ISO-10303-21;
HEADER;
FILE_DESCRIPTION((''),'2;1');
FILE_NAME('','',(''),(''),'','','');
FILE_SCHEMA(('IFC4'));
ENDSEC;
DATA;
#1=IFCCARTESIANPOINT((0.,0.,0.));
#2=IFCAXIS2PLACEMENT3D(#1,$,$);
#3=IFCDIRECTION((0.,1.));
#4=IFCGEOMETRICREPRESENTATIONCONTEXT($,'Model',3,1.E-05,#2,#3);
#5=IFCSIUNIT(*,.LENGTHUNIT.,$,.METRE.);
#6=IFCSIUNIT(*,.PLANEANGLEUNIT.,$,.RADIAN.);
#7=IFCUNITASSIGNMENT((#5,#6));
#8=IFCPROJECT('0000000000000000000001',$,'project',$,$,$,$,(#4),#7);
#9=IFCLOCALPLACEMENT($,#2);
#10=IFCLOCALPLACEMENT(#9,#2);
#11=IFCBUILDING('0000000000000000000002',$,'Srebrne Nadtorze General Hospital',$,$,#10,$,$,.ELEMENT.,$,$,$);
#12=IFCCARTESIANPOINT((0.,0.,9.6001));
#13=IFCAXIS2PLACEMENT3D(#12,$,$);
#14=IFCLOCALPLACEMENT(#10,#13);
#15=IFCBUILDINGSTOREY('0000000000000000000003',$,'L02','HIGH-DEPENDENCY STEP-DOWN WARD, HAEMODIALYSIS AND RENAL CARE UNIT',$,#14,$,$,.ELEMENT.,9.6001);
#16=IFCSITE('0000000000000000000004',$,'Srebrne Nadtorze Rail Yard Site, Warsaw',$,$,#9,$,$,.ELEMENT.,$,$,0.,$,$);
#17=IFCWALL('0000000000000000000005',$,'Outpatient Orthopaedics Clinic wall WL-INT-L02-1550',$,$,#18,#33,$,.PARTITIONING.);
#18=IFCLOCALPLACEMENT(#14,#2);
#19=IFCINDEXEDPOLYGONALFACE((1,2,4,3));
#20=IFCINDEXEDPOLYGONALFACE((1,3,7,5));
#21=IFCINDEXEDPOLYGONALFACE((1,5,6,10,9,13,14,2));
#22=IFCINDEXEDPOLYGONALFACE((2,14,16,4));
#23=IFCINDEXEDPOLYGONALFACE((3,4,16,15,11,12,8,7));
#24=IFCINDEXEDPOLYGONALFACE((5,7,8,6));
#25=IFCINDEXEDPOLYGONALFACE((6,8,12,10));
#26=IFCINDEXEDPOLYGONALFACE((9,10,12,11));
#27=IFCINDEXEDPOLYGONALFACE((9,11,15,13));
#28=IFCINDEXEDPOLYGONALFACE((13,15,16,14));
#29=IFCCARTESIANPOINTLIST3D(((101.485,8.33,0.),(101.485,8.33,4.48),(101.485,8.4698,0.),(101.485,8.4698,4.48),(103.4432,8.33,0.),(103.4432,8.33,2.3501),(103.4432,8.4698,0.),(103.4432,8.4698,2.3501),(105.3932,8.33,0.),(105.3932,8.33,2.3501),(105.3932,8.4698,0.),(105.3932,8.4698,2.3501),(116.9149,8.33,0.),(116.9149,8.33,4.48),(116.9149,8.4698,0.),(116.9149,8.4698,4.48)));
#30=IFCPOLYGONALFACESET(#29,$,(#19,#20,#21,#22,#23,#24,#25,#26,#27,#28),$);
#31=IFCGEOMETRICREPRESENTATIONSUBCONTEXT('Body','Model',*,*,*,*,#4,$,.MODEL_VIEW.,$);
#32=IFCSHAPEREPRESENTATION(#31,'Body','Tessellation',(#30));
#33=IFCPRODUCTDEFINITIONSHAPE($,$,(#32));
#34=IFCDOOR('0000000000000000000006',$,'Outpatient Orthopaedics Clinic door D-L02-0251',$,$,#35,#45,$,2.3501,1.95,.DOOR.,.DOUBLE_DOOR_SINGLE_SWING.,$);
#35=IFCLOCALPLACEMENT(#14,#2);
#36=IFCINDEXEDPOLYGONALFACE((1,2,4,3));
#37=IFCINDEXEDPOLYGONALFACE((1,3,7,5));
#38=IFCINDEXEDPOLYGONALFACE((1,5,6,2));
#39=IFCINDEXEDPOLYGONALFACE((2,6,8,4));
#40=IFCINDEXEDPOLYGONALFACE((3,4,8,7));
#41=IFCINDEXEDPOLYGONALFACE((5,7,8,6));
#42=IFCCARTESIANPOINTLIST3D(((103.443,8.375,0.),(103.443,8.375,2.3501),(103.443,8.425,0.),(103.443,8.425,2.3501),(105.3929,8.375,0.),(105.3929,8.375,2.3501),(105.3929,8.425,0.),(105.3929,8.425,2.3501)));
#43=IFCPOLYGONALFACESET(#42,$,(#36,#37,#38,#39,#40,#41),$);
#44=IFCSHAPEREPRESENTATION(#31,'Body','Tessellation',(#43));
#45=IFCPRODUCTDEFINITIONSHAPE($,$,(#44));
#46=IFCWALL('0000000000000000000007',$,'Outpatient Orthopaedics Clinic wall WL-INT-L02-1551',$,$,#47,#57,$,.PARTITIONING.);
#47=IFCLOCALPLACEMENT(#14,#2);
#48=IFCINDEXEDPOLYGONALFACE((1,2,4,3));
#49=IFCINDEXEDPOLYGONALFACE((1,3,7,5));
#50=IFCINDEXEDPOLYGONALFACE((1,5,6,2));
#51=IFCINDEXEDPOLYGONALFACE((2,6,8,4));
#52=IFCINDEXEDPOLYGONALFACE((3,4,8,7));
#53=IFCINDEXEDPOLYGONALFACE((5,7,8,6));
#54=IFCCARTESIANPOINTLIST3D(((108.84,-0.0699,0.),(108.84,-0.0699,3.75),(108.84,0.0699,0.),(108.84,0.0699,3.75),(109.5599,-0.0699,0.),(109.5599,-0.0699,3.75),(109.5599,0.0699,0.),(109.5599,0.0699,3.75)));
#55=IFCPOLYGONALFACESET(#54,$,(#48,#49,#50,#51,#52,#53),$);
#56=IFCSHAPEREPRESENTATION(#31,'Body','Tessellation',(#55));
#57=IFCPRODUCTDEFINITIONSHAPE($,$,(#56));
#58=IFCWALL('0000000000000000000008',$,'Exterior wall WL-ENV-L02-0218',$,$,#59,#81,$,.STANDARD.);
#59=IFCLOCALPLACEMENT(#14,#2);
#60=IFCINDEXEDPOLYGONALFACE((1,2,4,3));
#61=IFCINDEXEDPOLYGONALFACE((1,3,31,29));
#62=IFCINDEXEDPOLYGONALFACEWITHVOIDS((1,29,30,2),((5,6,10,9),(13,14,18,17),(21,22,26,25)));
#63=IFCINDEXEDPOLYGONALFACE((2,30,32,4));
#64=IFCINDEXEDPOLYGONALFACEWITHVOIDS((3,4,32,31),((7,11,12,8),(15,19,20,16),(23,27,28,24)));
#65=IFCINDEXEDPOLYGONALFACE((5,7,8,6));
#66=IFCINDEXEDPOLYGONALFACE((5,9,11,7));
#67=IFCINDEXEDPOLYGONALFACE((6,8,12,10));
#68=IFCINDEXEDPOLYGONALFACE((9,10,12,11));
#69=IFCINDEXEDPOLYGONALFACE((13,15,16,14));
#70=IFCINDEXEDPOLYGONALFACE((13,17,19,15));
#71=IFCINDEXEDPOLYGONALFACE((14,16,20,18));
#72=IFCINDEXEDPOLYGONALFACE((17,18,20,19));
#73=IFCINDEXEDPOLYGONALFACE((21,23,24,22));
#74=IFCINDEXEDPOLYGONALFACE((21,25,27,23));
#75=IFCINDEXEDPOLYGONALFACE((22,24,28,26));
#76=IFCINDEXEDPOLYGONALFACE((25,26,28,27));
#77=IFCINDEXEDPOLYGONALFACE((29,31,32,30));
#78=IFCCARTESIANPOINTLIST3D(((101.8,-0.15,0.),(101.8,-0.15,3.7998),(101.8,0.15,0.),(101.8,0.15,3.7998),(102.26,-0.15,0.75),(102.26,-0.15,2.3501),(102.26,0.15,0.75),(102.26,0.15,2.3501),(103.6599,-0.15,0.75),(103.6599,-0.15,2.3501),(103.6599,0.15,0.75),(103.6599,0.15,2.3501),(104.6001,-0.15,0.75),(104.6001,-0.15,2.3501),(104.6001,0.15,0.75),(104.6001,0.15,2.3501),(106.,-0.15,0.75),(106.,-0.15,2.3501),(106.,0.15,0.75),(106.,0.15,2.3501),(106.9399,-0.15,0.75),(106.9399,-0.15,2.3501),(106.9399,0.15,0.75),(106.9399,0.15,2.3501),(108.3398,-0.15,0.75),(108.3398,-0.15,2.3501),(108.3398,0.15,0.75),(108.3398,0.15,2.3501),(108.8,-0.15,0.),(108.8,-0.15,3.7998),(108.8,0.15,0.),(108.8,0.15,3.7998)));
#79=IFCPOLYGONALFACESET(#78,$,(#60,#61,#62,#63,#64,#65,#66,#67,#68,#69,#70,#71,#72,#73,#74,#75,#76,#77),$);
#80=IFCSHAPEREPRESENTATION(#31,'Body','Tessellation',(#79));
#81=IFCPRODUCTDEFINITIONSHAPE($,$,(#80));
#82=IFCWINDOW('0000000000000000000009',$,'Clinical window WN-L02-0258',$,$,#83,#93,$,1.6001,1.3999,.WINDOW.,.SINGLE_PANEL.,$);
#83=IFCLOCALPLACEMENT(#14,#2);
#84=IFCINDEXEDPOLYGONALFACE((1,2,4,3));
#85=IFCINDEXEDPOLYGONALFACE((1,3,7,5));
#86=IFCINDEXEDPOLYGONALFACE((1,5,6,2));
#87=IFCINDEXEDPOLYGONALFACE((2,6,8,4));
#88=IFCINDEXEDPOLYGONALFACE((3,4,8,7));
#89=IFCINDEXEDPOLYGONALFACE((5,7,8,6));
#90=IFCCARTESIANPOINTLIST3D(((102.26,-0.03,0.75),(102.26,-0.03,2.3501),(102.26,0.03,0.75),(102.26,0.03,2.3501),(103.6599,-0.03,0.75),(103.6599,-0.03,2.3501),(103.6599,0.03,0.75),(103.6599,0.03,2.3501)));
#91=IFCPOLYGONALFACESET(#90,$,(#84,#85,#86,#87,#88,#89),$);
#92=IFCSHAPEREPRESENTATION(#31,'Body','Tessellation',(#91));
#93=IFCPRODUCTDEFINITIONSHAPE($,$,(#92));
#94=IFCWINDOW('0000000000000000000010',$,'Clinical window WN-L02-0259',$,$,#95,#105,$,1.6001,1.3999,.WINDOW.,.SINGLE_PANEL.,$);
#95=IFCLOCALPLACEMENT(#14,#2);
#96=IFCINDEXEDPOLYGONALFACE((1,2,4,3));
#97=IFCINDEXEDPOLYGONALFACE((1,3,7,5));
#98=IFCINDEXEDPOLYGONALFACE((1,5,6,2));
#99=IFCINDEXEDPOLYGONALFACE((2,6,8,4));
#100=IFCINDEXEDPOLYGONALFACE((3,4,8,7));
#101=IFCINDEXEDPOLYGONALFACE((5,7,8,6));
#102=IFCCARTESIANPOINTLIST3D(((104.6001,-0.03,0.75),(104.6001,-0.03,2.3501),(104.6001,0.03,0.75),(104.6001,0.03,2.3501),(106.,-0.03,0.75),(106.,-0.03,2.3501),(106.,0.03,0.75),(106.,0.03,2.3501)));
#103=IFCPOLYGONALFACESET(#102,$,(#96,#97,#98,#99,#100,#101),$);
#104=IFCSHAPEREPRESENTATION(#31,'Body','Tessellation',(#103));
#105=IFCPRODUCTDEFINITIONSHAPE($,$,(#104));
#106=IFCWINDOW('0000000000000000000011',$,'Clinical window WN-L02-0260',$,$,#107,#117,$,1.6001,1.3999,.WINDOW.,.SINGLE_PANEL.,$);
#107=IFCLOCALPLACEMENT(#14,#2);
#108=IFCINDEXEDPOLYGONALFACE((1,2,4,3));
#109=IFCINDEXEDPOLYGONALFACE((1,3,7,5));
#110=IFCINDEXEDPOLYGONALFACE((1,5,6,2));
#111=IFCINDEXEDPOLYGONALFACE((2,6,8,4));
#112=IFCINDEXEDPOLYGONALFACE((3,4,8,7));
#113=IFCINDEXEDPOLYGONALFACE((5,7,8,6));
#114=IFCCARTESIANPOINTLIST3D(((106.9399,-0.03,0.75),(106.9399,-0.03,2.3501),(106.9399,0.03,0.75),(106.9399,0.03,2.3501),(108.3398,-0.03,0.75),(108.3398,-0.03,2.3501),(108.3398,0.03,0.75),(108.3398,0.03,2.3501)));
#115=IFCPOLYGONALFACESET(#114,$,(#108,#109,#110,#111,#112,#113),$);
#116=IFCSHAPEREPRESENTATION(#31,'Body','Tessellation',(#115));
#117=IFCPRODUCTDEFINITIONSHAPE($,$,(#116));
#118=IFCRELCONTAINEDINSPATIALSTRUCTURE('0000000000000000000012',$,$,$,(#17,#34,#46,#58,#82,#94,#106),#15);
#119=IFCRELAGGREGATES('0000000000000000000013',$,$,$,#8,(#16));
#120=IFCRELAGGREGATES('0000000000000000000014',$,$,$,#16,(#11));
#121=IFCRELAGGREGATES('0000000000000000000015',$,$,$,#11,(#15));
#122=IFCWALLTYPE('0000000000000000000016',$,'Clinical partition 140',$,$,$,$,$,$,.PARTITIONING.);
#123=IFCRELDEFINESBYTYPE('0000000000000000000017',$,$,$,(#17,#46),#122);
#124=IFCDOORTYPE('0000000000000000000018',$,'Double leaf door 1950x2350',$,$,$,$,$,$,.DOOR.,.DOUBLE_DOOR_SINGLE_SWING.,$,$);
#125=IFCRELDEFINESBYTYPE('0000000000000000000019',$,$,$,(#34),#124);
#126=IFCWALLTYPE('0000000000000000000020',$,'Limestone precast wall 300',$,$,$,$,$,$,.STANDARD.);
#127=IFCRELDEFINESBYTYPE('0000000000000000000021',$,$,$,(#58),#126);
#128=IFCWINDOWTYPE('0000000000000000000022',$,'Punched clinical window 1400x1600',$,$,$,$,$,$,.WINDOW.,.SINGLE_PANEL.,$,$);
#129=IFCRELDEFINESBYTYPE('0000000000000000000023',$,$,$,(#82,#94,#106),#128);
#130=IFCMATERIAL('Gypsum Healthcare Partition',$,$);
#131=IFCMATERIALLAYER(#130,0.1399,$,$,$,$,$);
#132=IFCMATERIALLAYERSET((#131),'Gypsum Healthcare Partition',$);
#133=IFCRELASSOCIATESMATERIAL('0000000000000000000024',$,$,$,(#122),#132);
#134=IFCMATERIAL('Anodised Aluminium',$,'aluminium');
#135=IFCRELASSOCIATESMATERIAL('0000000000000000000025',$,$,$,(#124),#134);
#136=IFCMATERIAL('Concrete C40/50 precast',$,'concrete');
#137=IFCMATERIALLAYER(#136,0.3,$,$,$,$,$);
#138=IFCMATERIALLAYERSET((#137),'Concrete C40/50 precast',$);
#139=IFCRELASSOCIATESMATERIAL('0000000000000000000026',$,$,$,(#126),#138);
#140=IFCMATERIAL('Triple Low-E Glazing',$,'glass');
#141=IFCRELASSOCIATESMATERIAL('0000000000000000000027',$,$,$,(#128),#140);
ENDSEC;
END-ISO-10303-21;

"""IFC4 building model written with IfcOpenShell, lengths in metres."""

from ifc_helpers import new_model, si_unit, direction, frame, frame_2d, origin, place, context, subcontext, project, spatial, rectangle, extrude, material, layer, layer_set, type_object, element, fill, save


model = new_model("IFC4")

# Units and contexts
model_context = context("Model", 3, precision=1e-05, world=origin(), true_north=direction((0.0, 1.0)))
body_context = subcontext(model_context, "Body", "Model", "MODEL_VIEW")
ifc_project = project(units=[si_unit("LENGTHUNIT", "METRE"), si_unit("PLANEANGLEUNIT", "RADIAN")], contexts=[model_context])

# Site, building, storey
site_placement = place(None, origin())
site = spatial("IfcSite", under=ifc_project, at=site_placement, Name="Srebrne Nadtorze Rail Yard Site, Warsaw", CompositionType="ELEMENT", RefElevation=0.0)
building_placement = place(site_placement, origin())
building = spatial("IfcBuilding", under=site, at=building_placement, Name="Srebrne Nadtorze General Hospital", CompositionType="ELEMENT")
storey_placement = place(building_placement, frame((0.0, 0.0, 9.6001)))
storey = spatial("IfcBuildingStorey", under=building, at=storey_placement, Name="L02", Description="HIGH-DEPENDENCY STEP-DOWN WARD, HAEMODIALYSIS AND RENAL CARE UNIT", CompositionType="ELEMENT", Elevation=9.6001)

# Wall, opening, door
ifc_material_1 = material(Name="Gypsum Healthcare Partition")
ifc_layer_1 = layer(ifc_material_1, 0.1399)
ifc_layer_set_1 = layer_set([ifc_layer_1], Name="Gypsum Healthcare Partition")
wall_type_1 = type_object("IfcWallType", Name="Clinical partition 140", PredefinedType="PARTITIONING", material=ifc_layer_set_1)
wall_1_placement = place(storey_placement, frame((101.4851, 8.3999, 0.0), z_axis=(0.0, 0.0, 1.0), x_axis=(1.0, 0.0, 0.0)))
wall_1 = element("IfcWall", 1, at=wall_1_placement, inside=storey, type_object=wall_type_1, Name="Outpatient Orthopaedics Clinic wall WL-INT-L02-1550", PredefinedType="PARTITIONING", context=body_context, shape_type="SweptSolid", body=[
    extrude(rectangle(XDim=15.4299, YDim=0.1399, at=frame_2d((7.7148, 0.0))), origin(), (0.0, 0.0, 1.0), 4.48),
])
opening_1_placement = place(wall_1_placement, frame((1.958, 0.0, 0.0)))
opening_1 = element("IfcOpeningElement", 2, at=opening_1_placement, cuts=wall_1, PredefinedType="OPENING", context=body_context, shape_type="SweptSolid", body=[
    extrude(rectangle(XDim=1.95, YDim=2.3501, at=frame_2d((0.9751, 1.175))), frame((0.0, 0.082, 0.0), z_axis=(0.0, -1.0, 0.0), x_axis=(1.0, 0.0, 0.0)), (0.0, 0.0, 1.0), 0.1638),
])
ifc_material_2 = material(Name="Anodised Aluminium", Category="aluminium")
door_type = type_object("IfcDoorType", Name="Double leaf door 1950x2350", OperationType="DOUBLE_DOOR_SINGLE_SWING", PredefinedType="DOOR", material=ifc_material_2)
door_placement = place(opening_1_placement, frame((1.95, 0.0, 0.0), z_axis=(0.0, 0.0, 1.0), x_axis=(-1.0, 0.0, 0.0)))
door = element("IfcDoor", 3, at=door_placement, inside=storey, type_object=door_type, Name="Outpatient Orthopaedics Clinic door D-L02-0251", OperationType="DOUBLE_DOOR_SINGLE_SWING", OverallHeight=2.3501, OverallWidth=1.95, PredefinedType="DOOR", context=body_context, shape_type="SweptSolid", body=[
    extrude(rectangle(XDim=1.95, YDim=2.3501, at=frame_2d((0.9751, 1.175))), frame((0.0, 0.0249, 0.0), z_axis=(0.0, -1.0, 0.0), x_axis=(1.0, 0.0, 0.0)), (0.0, 0.0, 1.0), 0.05),
])
fill(opening_1, door)

# Wall
wall_2_placement = place(storey_placement, frame((108.8401, 0.0, 0.0), z_axis=(0.0, 0.0, 1.0), x_axis=(1.0, 0.0, 0.0)))
element("IfcWall", 4, at=wall_2_placement, inside=storey, type_object=wall_type_1, Name="Outpatient Orthopaedics Clinic wall WL-INT-L02-1551", PredefinedType="PARTITIONING", context=body_context, shape_type="SweptSolid", body=[
    extrude(rectangle(XDim=0.72, YDim=0.1399, at=frame_2d((0.3599, 0.0))), origin(), (0.0, 0.0, 1.0), 3.75),
])

# Wall, openings, windows
ifc_material_3 = material(Name="Concrete C40/50 precast", Category="concrete")
ifc_layer_2 = layer(ifc_material_3, 0.3)
ifc_layer_set_2 = layer_set([ifc_layer_2], Name="Concrete C40/50 precast")
wall_type_2 = type_object("IfcWallType", Name="Limestone precast wall 300", PredefinedType="STANDARD", material=ifc_layer_set_2)
wall_3_placement = place(storey_placement, frame((101.8, 0.0, 0.0), z_axis=(0.0, 0.0, 1.0), x_axis=(1.0, 0.0, 0.0)))
wall_3 = element("IfcWall", 5, at=wall_3_placement, inside=storey, type_object=wall_type_2, Name="Exterior wall WL-ENV-L02-0218", PredefinedType="STANDARD", context=body_context, shape_type="SweptSolid", body=[
    extrude(rectangle(XDim=7.0, YDim=0.3, at=frame_2d((3.5, 0.0))), origin(), (0.0, 0.0, 1.0), 3.7998),
])
opening_2_placement = place(wall_3_placement, frame((0.46, 0.0, 0.75)))
opening_2 = element("IfcOpeningElement", 6, at=opening_2_placement, cuts=wall_3, PredefinedType="OPENING", context=body_context, shape_type="SweptSolid", body=[
    extrude(rectangle(XDim=1.3999, YDim=1.6001, at=frame_2d((0.7, 0.8))), frame((0.0, 0.1621, 0.0), z_axis=(0.0, -1.0, 0.0), x_axis=(1.0, 0.0, 0.0)), (0.0, 0.0, 1.0), 0.324),
])
opening_3_placement = place(wall_3_placement, frame((2.8, 0.0, 0.75)))
opening_3 = element("IfcOpeningElement", 7, at=opening_3_placement, cuts=wall_3, PredefinedType="OPENING", context=body_context, shape_type="SweptSolid", body=[
    extrude(rectangle(XDim=1.3999, YDim=1.6001, at=frame_2d((0.7, 0.8))), frame((0.0, 0.1621, 0.0), z_axis=(0.0, -1.0, 0.0), x_axis=(1.0, 0.0, 0.0)), (0.0, 0.0, 1.0), 0.324),
])
opening_4_placement = place(wall_3_placement, frame((5.1399, 0.0, 0.75)))
opening_4 = element("IfcOpeningElement", 8, at=opening_4_placement, cuts=wall_3, PredefinedType="OPENING", context=body_context, shape_type="SweptSolid", body=[
    extrude(rectangle(XDim=1.3999, YDim=1.6001, at=frame_2d((0.7, 0.8))), frame((0.0, 0.1621, 0.0), z_axis=(0.0, -1.0, 0.0), x_axis=(1.0, 0.0, 0.0)), (0.0, 0.0, 1.0), 0.324),
])
ifc_material_4 = material(Name="Triple Low-E Glazing", Category="glass")
window_type = type_object("IfcWindowType", Name="Punched clinical window 1400x1600", PartitioningType="SINGLE_PANEL", PredefinedType="WINDOW", material=ifc_material_4)
window_1_placement = place(opening_2_placement, origin())
window_1 = element("IfcWindow", 9, at=window_1_placement, inside=storey, type_object=window_type, Name="Clinical window WN-L02-0258", OverallHeight=1.6001, OverallWidth=1.3999, PartitioningType="SINGLE_PANEL", PredefinedType="WINDOW", context=body_context, shape_type="SweptSolid", body=[
    extrude(rectangle(XDim=1.3999, YDim=1.6001, at=frame_2d((0.7, 0.8))), frame((0.0, 0.03, 0.0), z_axis=(0.0, -1.0, 0.0), x_axis=(1.0, 0.0, 0.0)), (0.0, 0.0, 1.0), 0.0601),
])
fill(opening_2, window_1)
window_2_placement = place(opening_3_placement, origin())
window_2 = element("IfcWindow", 10, at=window_2_placement, inside=storey, type_object=window_type, Name="Clinical window WN-L02-0259", OverallHeight=1.6001, OverallWidth=1.3999, PartitioningType="SINGLE_PANEL", PredefinedType="WINDOW", context=body_context, shape_type="SweptSolid", body=[
    extrude(rectangle(XDim=1.3999, YDim=1.6001, at=frame_2d((0.7, 0.8))), frame((0.0, 0.03, 0.0), z_axis=(0.0, -1.0, 0.0), x_axis=(1.0, 0.0, 0.0)), (0.0, 0.0, 1.0), 0.0601),
])
fill(opening_3, window_2)
window_3_placement = place(opening_4_placement, origin())
window_3 = element("IfcWindow", 11, at=window_3_placement, inside=storey, type_object=window_type, Name="Clinical window WN-L02-0260", OverallHeight=1.6001, OverallWidth=1.3999, PartitioningType="SINGLE_PANEL", PredefinedType="WINDOW", context=body_context, shape_type="SweptSolid", body=[
    extrude(rectangle(XDim=1.3999, YDim=1.6001, at=frame_2d((0.7, 0.8))), frame((0.0, 0.03, 0.0), z_axis=(0.0, -1.0, 0.0), x_axis=(1.0, 0.0, 0.0)), (0.0, 0.0, 1.0), 0.0601),
])
fill(opening_4, window_3)

save(model, "model.ifc")
